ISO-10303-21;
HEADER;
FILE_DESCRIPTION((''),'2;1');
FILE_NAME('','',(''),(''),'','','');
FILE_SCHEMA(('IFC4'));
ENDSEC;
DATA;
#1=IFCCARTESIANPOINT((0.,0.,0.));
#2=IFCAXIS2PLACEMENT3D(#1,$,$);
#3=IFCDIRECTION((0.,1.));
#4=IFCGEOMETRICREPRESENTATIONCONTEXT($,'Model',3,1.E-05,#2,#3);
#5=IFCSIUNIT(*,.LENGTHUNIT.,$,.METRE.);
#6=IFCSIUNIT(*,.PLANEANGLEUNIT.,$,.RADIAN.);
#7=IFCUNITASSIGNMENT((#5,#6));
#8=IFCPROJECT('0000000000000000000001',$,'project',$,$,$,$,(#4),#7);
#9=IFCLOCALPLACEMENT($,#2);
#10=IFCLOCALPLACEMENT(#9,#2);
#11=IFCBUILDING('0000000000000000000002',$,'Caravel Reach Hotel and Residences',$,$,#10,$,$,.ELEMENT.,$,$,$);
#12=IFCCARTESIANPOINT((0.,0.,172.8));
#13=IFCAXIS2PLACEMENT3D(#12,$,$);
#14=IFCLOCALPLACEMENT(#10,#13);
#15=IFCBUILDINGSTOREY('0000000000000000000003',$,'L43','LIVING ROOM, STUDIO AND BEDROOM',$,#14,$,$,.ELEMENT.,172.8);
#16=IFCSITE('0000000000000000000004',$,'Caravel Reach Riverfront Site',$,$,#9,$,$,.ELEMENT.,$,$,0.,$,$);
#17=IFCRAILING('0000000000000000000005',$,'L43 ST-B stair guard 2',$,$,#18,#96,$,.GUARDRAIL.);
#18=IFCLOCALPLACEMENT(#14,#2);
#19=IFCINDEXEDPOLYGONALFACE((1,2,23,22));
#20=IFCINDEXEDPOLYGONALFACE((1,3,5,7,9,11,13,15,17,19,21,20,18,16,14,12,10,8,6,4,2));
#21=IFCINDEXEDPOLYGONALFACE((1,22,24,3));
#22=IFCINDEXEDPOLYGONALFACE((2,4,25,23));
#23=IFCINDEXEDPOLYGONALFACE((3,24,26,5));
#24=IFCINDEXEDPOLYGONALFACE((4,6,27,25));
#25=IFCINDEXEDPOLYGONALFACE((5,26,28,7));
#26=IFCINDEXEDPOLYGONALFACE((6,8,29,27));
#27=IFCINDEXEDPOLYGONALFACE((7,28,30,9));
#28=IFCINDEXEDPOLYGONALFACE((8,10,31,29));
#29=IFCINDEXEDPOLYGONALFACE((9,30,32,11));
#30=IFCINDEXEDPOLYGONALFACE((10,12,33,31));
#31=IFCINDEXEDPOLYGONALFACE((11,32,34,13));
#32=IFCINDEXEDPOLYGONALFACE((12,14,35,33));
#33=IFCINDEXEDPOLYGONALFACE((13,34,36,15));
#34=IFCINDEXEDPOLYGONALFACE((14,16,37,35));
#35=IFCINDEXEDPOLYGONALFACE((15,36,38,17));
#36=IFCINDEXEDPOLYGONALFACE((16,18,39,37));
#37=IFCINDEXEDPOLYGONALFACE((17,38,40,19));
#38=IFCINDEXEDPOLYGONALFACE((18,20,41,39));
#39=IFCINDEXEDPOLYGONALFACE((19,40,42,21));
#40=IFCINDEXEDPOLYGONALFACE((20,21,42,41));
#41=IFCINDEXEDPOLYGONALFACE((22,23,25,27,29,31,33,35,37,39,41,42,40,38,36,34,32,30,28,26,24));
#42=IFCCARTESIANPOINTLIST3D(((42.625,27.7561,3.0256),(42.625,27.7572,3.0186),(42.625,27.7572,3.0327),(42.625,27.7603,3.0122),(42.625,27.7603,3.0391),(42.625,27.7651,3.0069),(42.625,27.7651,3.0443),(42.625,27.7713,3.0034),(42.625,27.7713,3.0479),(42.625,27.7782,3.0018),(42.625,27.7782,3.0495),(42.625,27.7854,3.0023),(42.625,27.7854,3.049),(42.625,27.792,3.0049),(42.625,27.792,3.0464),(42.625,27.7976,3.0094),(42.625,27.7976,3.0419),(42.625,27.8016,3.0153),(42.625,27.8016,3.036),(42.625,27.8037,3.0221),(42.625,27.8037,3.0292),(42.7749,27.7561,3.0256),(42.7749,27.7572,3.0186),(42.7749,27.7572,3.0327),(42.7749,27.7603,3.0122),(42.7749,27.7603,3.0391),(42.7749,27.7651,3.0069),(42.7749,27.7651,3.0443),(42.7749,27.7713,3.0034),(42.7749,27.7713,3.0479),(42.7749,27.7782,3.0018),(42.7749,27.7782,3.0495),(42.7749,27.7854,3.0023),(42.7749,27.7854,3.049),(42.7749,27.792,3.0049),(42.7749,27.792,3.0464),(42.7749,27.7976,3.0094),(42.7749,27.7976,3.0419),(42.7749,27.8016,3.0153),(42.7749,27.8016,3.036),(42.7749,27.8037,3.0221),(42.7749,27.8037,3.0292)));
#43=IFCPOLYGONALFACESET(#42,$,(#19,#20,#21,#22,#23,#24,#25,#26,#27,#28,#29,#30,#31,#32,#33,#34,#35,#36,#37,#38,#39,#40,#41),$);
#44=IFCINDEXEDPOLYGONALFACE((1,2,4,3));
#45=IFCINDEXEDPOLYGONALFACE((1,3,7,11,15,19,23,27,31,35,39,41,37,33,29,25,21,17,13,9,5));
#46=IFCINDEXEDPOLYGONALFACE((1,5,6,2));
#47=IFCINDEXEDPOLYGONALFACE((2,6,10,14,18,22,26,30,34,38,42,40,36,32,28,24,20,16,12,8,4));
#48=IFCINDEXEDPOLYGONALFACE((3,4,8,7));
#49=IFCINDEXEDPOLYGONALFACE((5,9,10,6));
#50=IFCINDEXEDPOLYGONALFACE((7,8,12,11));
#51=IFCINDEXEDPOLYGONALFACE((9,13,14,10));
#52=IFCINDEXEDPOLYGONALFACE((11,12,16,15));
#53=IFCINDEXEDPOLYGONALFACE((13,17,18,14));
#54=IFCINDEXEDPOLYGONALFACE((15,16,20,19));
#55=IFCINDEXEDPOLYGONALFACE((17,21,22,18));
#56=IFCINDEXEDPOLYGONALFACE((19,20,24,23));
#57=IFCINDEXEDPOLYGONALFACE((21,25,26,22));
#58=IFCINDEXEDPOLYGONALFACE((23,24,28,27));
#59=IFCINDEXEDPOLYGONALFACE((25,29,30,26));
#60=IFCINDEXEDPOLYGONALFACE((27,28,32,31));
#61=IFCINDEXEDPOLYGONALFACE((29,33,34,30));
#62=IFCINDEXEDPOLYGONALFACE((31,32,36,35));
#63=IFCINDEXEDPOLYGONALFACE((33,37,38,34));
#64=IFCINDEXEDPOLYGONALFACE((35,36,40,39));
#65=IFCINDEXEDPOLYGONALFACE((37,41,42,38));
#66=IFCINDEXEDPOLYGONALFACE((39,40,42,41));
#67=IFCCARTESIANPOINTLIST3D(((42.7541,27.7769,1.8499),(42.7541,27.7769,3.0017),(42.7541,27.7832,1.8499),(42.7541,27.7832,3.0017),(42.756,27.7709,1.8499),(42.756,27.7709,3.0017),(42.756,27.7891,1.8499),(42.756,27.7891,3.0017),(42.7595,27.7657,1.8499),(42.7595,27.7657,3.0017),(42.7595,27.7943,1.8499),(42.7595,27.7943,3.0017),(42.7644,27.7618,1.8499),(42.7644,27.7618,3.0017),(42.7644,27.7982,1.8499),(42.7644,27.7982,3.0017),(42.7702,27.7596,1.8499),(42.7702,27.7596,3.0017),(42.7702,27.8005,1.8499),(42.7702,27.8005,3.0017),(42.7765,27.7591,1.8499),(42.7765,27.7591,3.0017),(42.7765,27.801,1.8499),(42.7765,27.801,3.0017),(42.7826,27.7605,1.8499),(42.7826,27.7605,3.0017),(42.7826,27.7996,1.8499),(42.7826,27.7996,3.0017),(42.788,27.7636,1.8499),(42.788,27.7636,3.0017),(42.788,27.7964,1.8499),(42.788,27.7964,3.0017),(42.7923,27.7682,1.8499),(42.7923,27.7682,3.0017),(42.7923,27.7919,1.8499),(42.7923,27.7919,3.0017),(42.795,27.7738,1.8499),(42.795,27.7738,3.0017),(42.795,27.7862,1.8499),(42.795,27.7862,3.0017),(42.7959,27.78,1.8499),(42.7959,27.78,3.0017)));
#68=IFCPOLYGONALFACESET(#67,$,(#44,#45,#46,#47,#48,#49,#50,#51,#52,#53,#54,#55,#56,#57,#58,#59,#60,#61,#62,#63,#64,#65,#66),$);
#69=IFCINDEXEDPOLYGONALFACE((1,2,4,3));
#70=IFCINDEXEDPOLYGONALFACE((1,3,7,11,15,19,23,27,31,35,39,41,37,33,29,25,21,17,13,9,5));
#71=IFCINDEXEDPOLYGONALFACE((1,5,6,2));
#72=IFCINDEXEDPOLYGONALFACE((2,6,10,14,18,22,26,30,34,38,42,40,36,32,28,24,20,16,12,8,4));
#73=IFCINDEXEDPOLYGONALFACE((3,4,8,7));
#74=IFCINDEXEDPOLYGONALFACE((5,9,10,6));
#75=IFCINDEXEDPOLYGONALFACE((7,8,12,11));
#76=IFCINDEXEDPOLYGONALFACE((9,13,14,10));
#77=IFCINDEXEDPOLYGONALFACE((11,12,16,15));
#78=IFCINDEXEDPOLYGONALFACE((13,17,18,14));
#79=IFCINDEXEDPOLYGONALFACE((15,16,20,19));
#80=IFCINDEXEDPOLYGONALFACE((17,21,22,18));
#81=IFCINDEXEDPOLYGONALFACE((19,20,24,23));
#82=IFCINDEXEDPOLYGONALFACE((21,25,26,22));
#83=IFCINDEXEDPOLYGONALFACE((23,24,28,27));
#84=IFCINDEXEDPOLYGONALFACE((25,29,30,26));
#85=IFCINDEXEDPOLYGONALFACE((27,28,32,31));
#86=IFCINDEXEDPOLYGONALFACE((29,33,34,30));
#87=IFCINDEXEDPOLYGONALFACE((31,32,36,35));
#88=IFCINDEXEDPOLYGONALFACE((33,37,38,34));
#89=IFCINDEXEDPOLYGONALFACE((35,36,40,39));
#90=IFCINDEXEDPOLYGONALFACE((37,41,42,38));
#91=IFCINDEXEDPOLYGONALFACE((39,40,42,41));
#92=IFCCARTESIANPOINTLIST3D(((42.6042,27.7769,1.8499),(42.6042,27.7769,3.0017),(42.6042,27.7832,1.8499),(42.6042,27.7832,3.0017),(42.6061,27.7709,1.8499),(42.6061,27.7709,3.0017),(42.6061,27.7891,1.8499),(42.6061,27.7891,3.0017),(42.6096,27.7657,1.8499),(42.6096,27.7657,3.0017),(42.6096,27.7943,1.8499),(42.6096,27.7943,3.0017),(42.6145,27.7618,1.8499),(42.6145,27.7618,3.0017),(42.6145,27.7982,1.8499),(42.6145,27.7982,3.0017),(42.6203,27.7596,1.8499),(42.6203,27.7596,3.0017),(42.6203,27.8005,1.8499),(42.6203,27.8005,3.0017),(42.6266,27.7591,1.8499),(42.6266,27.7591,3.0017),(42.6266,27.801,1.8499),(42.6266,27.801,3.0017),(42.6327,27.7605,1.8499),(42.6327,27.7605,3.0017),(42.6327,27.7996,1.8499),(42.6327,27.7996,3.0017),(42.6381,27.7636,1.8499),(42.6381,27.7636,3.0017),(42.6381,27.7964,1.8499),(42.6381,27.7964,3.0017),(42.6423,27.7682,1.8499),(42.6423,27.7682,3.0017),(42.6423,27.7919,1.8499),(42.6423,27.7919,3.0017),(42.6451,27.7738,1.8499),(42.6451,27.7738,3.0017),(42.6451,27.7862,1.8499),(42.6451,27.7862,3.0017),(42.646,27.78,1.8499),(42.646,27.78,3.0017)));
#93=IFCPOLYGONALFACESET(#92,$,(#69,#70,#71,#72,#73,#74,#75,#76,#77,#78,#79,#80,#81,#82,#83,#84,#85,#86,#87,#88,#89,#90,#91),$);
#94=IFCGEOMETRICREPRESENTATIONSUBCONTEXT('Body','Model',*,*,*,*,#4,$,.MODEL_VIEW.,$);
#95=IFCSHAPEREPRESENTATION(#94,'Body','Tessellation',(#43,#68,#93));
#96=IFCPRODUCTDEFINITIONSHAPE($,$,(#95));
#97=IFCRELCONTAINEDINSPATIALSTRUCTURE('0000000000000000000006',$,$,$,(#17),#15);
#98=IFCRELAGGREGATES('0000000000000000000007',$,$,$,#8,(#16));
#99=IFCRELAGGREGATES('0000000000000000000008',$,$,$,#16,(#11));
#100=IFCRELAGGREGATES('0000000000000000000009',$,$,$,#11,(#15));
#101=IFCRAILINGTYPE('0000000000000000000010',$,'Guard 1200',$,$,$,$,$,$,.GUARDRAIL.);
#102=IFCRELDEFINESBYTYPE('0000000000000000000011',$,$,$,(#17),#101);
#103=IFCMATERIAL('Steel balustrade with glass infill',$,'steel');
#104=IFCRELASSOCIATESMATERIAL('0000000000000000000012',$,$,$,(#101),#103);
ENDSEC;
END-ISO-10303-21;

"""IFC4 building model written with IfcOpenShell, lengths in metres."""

from ifc_helpers import new_model, si_unit, direction, frame, origin, origin_2d, place, context, subcontext, project, spatial, circle, extrude, material, type_object, element, save


model = new_model("IFC4")

# Units and contexts
model_context = context("Model", 3, precision=1e-05, world=origin(), true_north=direction((0.0, 1.0)))
body_context = subcontext(model_context, "Body", "Model", "MODEL_VIEW")
ifc_project = project(units=[si_unit("LENGTHUNIT", "METRE"), si_unit("PLANEANGLEUNIT", "RADIAN")], contexts=[model_context])

# Site, building, storey
site_placement = place(None, origin())
site = spatial("IfcSite", under=ifc_project, at=site_placement, Name="Caravel Reach Riverfront Site", CompositionType="ELEMENT", RefElevation=0.0)
building_placement = place(site_placement, origin())
building = spatial("IfcBuilding", under=site, at=building_placement, Name="Caravel Reach Hotel and Residences", CompositionType="ELEMENT")
storey_placement = place(building_placement, frame((0.0, 0.0, 172.8)))
storey = spatial("IfcBuildingStorey", under=building, at=storey_placement, Name="L43", Description="LIVING ROOM, STUDIO AND BEDROOM", CompositionType="ELEMENT", Elevation=172.8)

# Railing
ifc_material_1 = material(Name="Steel balustrade with glass infill", Category="steel")
railing_type_1 = type_object("IfcRailingType", Name="Guard 1200", PredefinedType="GUARDRAIL", material=ifc_material_1)
railing_1_placement = place(storey_placement, frame((42.7749, 27.78, 1.8499)))
element("IfcRailing", 1, at=railing_1_placement, inside=storey, type_object=railing_type_1, Name="L43 ST-B stair guard 2", PredefinedType="GUARDRAIL", context=body_context, shape_type="SweptSolid", body=[
    extrude(circle(Radius=0.0239, at=origin_2d()), frame((0.0, 0.0, 1.1758), z_axis=(-1.0, 0.0, 0.0), x_axis=(0.0, -1.0, 0.0)), (0.0, 0.0, 1.0), 0.1499),
    extrude(circle(Radius=0.021, at=origin_2d()), origin(), (0.0, 0.0, 1.0), 1.1519),
    extrude(circle(Radius=0.021, at=origin_2d()), frame((-0.1499, 0.0, 0.0)), (0.0, 0.0, 1.0), 1.1519),
])

save(model, "model.ifc")
